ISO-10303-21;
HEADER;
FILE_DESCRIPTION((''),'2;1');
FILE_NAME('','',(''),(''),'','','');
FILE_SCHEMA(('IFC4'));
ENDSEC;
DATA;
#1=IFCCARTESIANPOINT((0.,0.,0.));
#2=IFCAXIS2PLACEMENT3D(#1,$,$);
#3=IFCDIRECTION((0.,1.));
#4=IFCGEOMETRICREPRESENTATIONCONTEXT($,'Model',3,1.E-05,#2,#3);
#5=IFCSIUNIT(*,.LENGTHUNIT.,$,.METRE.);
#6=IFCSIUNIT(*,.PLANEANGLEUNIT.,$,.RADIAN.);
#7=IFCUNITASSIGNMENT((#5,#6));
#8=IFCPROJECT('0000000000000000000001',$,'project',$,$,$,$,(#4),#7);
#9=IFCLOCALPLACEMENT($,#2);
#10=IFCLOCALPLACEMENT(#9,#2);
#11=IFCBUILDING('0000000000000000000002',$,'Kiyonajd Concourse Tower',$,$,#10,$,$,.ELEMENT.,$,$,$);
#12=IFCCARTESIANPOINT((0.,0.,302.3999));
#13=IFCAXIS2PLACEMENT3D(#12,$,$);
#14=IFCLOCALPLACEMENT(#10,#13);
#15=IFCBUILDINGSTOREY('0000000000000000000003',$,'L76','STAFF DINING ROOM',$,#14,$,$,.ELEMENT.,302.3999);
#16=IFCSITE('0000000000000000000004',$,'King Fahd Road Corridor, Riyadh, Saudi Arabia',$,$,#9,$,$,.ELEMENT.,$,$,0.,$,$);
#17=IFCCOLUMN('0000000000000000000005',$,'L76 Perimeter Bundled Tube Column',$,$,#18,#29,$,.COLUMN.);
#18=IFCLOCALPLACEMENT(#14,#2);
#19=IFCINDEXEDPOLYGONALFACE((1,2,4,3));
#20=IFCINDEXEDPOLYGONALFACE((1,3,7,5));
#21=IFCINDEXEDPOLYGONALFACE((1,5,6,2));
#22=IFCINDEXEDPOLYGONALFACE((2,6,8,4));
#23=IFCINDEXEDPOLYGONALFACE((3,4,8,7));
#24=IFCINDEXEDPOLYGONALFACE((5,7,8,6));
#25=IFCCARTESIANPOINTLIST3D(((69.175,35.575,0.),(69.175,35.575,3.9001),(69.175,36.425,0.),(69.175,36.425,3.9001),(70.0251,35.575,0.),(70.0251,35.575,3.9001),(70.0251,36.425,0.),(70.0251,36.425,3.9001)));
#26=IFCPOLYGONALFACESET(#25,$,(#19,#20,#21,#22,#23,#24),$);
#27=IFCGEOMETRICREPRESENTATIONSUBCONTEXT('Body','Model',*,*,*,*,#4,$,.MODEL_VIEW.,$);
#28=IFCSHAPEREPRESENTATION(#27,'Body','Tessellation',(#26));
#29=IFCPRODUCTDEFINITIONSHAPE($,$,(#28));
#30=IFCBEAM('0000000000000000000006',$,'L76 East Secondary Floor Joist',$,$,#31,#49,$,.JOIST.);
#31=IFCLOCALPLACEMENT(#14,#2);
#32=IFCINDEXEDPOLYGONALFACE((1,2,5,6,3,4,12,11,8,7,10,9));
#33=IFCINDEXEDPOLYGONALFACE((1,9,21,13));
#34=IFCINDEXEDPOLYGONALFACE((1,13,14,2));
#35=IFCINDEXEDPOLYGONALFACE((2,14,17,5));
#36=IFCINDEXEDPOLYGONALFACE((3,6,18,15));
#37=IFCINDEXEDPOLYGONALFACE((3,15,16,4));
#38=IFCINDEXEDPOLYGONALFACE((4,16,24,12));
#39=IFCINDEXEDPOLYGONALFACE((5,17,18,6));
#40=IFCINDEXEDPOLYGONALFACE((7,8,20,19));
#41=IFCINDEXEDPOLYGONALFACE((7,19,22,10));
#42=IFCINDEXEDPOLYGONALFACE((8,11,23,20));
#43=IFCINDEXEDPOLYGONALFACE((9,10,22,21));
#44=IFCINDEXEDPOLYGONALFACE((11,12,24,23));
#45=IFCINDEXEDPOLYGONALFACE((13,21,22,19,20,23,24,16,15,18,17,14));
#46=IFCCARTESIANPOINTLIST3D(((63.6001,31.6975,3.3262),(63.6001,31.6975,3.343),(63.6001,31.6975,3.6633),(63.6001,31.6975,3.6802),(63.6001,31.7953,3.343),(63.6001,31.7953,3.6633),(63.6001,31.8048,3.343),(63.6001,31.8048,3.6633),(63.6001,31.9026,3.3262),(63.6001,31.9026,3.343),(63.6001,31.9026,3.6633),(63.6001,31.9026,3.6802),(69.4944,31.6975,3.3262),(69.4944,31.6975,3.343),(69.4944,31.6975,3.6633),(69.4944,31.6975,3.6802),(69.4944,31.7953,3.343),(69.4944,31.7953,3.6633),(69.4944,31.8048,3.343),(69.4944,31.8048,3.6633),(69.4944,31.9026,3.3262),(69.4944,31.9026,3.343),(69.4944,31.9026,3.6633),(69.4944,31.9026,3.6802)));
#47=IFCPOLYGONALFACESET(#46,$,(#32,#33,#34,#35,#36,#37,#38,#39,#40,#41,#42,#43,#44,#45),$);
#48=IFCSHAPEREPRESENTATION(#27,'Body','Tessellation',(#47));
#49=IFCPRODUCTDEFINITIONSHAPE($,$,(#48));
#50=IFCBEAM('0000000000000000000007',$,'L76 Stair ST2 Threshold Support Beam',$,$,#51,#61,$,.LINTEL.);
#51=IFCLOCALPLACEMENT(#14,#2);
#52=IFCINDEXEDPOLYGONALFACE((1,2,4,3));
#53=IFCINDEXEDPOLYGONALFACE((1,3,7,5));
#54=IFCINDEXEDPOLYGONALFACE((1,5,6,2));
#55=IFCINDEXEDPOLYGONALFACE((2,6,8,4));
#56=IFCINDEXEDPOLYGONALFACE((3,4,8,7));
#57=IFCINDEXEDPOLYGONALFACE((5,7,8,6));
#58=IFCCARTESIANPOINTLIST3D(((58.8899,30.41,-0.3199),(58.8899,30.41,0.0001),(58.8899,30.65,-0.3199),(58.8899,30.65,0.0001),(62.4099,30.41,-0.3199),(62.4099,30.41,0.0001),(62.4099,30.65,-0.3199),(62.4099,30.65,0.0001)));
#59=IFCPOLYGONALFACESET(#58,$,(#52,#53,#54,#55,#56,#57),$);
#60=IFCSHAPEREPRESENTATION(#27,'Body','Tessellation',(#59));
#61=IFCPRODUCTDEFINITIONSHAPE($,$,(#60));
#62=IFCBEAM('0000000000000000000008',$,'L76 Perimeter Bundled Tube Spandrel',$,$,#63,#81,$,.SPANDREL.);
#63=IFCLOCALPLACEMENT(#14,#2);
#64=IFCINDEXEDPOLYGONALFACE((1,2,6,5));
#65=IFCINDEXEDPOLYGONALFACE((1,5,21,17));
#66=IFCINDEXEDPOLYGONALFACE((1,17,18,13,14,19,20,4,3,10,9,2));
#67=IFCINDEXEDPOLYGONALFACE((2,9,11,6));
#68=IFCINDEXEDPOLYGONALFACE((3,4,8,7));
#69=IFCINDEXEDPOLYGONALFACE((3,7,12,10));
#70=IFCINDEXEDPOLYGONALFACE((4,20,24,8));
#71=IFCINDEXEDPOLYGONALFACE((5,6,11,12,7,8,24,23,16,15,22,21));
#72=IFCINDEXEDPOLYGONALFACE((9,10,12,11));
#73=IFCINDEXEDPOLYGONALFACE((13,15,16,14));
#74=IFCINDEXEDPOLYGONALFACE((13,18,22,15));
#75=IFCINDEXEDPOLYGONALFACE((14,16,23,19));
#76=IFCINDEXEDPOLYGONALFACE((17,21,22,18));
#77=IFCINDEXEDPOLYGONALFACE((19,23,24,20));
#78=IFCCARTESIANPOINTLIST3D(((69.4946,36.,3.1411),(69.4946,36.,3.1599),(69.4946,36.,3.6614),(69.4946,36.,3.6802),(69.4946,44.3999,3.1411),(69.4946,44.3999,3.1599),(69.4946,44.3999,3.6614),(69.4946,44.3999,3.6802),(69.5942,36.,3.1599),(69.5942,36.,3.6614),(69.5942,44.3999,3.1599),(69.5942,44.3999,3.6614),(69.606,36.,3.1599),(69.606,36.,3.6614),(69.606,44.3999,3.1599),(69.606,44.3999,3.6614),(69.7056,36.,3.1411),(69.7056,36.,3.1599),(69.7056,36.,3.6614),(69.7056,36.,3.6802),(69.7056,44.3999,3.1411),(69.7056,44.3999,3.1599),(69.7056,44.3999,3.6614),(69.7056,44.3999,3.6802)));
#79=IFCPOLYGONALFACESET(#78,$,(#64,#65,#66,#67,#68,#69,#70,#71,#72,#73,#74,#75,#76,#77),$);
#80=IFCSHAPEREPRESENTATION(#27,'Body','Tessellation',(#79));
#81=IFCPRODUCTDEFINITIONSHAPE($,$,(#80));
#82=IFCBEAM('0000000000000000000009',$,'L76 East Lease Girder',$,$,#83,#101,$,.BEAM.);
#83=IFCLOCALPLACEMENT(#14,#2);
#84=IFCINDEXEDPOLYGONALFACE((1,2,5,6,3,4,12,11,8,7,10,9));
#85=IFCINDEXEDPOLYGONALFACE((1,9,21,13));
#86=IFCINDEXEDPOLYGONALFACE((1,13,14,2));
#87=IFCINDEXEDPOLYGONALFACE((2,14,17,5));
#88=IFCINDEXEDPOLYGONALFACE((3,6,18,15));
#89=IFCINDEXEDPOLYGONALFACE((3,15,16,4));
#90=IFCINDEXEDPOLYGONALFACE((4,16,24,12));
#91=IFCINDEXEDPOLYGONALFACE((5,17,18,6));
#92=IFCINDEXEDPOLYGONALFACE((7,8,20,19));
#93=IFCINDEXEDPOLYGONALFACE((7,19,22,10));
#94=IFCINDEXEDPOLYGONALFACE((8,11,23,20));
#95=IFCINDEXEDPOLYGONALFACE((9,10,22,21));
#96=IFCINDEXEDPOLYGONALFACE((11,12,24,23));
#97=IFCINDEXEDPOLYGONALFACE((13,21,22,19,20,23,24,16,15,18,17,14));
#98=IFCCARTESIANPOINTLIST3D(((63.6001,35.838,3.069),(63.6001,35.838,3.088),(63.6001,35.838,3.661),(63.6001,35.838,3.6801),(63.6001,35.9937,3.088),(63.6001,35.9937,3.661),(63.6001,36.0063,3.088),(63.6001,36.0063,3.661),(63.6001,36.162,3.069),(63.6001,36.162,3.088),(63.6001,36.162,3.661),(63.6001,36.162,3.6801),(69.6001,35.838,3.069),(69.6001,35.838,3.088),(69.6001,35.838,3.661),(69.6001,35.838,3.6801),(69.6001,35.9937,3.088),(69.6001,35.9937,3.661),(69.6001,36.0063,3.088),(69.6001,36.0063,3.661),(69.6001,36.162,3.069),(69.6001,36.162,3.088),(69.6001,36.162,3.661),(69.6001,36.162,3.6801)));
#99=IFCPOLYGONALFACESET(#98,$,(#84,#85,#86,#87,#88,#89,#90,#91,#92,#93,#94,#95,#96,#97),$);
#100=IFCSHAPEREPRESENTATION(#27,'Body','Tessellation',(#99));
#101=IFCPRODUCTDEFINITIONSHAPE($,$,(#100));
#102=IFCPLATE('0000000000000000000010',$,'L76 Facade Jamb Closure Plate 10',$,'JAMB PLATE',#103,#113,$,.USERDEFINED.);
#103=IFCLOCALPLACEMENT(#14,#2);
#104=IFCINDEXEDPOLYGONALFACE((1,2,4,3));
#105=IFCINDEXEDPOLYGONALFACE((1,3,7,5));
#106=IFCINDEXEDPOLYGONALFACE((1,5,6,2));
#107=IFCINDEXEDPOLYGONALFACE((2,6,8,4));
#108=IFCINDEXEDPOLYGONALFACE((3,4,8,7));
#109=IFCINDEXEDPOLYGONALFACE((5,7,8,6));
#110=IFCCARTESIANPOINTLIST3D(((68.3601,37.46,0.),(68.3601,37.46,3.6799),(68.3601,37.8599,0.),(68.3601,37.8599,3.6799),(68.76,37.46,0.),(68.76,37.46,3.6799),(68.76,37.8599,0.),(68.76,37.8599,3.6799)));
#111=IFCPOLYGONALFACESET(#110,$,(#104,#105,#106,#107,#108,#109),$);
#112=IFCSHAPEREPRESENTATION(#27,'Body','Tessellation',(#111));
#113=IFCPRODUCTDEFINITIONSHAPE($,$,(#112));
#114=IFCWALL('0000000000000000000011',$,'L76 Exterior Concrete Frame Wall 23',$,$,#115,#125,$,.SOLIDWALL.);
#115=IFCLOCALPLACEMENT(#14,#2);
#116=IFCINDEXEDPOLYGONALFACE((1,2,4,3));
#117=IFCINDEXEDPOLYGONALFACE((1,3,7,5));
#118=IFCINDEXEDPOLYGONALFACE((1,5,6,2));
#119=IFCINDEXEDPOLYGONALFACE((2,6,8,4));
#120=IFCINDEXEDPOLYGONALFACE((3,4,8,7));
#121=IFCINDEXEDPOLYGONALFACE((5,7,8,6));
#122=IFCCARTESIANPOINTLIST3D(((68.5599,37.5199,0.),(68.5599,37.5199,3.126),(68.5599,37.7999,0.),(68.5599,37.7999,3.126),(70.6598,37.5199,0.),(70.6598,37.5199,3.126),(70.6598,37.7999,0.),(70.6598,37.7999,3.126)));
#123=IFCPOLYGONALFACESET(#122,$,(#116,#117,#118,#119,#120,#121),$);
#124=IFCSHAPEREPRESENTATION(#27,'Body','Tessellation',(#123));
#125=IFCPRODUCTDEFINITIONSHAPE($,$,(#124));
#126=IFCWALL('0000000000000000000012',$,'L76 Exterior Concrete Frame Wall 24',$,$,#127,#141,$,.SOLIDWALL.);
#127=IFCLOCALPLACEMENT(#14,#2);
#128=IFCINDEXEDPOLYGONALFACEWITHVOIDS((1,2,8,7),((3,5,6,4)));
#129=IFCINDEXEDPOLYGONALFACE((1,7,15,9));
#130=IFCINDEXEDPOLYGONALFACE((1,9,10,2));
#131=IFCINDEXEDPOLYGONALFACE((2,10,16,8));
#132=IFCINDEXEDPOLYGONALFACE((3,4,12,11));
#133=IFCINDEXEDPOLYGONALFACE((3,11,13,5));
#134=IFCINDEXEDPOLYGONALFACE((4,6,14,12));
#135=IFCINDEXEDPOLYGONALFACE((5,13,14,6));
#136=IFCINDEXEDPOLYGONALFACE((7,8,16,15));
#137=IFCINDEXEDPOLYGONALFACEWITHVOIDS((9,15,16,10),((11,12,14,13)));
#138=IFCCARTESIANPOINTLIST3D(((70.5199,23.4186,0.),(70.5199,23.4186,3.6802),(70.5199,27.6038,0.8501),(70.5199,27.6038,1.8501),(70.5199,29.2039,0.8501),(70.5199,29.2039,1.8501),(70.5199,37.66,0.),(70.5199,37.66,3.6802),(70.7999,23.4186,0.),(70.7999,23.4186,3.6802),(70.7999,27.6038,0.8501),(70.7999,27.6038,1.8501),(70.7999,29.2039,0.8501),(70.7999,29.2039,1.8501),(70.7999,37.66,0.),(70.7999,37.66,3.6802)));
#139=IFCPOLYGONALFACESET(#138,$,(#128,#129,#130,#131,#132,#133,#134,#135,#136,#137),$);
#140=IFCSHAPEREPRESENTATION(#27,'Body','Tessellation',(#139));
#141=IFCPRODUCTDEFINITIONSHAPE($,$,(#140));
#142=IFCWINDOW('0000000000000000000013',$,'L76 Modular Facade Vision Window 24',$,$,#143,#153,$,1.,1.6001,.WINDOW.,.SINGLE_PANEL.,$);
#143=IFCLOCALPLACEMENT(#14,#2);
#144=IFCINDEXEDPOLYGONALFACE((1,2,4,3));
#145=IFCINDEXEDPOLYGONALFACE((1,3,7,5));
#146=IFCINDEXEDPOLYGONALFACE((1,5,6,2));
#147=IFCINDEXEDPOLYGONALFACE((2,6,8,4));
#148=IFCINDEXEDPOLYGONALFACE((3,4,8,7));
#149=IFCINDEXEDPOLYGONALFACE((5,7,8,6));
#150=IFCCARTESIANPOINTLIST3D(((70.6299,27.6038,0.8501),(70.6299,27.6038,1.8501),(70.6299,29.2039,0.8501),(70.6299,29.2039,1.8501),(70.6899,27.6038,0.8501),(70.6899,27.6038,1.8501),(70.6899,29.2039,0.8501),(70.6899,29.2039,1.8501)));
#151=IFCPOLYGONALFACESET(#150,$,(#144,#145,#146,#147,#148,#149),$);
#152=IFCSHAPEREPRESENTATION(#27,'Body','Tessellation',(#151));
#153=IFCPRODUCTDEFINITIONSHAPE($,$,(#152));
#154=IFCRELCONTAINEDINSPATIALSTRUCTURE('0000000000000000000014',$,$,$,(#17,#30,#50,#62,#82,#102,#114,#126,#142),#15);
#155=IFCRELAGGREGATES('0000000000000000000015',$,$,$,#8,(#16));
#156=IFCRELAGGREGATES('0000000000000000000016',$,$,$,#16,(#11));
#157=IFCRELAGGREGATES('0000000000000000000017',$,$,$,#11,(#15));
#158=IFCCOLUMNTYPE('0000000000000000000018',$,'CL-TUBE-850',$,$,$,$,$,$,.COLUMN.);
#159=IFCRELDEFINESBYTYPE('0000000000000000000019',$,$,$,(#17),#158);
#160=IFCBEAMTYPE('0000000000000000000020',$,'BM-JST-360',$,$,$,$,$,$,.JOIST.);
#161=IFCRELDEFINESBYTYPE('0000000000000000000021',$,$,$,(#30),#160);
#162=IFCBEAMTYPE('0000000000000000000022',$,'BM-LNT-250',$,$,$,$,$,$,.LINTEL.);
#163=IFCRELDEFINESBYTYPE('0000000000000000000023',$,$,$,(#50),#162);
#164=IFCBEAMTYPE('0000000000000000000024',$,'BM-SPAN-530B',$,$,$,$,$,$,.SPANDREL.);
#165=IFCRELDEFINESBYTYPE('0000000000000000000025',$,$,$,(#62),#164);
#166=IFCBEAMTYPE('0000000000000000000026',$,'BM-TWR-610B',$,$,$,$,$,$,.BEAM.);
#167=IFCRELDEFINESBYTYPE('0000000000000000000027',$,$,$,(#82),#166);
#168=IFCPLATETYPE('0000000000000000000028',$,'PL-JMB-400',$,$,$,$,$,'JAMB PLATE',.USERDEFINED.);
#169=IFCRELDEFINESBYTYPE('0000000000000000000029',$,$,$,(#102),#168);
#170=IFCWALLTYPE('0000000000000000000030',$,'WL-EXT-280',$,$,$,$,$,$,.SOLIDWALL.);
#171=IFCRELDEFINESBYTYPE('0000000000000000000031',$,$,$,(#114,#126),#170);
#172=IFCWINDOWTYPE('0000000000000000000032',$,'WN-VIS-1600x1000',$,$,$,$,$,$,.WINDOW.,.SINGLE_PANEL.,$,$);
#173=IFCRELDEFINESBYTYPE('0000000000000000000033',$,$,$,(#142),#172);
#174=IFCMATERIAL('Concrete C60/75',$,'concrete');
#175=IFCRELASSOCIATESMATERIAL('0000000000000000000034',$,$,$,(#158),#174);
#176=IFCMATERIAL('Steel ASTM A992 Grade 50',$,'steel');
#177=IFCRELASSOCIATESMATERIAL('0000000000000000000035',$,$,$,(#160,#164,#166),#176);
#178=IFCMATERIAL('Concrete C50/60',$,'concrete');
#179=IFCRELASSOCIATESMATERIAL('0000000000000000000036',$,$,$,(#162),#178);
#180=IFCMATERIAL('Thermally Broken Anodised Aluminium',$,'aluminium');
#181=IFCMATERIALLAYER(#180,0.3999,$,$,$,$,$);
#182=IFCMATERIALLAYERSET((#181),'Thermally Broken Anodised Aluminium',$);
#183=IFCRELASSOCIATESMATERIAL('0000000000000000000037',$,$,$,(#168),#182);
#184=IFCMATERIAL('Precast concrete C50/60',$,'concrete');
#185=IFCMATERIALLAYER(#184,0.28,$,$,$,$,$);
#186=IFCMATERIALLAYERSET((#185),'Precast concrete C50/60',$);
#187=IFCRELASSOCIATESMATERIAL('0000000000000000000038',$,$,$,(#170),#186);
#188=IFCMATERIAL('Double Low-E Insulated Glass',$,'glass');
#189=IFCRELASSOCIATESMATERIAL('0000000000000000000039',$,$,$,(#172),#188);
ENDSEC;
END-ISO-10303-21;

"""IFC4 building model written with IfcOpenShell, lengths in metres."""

from ifc_helpers import new_model, si_unit, direction, frame, frame_2d, origin, origin_2d, place, context, subcontext, project, spatial, rectangle, i_section, extrude, material, layer, layer_set, material_profile, profile_set, type_object, element, fill, save


model = new_model("IFC4")

# Units and contexts
model_context = context("Model", 3, precision=1e-05, world=origin(), true_north=direction((0.0, 1.0)))
body_context = subcontext(model_context, "Body", "Model", "MODEL_VIEW")
ifc_project = project(units=[si_unit("LENGTHUNIT", "METRE"), si_unit("PLANEANGLEUNIT", "RADIAN")], contexts=[model_context])

# Site, building, storey
site_placement = place(None, origin())
site = spatial("IfcSite", under=ifc_project, at=site_placement, Name="King Fahd Road Corridor, Riyadh, Saudi Arabia", CompositionType="ELEMENT", RefElevation=0.0)
building_placement = place(site_placement, origin())
building = spatial("IfcBuilding", under=site, at=building_placement, Name="Kiyonajd Concourse Tower", CompositionType="ELEMENT")
storey_placement = place(building_placement, frame((0.0, 0.0, 302.3999)))
storey = spatial("IfcBuildingStorey", under=building, at=storey_placement, Name="L76", Description="STAFF DINING ROOM", CompositionType="ELEMENT", Elevation=302.3999)

# Column
ifc_material_1 = material(Name="Concrete C60/75", Category="concrete")
ifc_material_profile_1 = material_profile(ifc_material_1, rectangle(XDim=0.8501, YDim=0.8501, at=origin_2d()), Name="RC-850x850")
ifc_profile_set_1 = profile_set([ifc_material_profile_1], Name="Concrete C60/75")
column_type = type_object("IfcColumnType", Name="CL-TUBE-850", PredefinedType="COLUMN", material=ifc_profile_set_1)
column_placement = place(storey_placement, frame((69.6001, 36.0, 0.0), z_axis=(0.0, 0.0, 1.0), x_axis=(1.0, 0.0, 0.0)))
element("IfcColumn", 1, at=column_placement, inside=storey, type_object=column_type, Name="L76 Perimeter Bundled Tube Column", PredefinedType="COLUMN", context=body_context, shape_type="SweptSolid", body=[
    extrude(rectangle(XDim=0.8501, YDim=0.8501, at=origin_2d()), origin(), (0.0, 0.0, 1.0), 3.9001),
])

# Beams
ifc_material_2 = material(Name="Steel ASTM A992 Grade 50", Category="steel")
ifc_material_profile_2 = material_profile(ifc_material_2, i_section(OverallWidth=0.2051, OverallDepth=0.354, WebThickness=0.0095, FlangeThickness=0.0168, at=origin_2d()), Name="W360X79")
ifc_profile_set_2 = profile_set([ifc_material_profile_2], Name="Steel ASTM A992 Grade 50")
beam_type_1 = type_object("IfcBeamType", Name="BM-JST-360", PredefinedType="JOIST", material=ifc_profile_set_2)
beam_1_placement = place(storey_placement, frame((63.6001, 31.8, 3.5032), z_axis=(1.0, 0.0, 0.0), x_axis=(0.0, 1.0, 0.0)))
element("IfcBeam", 2, at=beam_1_placement, inside=storey, type_object=beam_type_1, Name="L76 East Secondary Floor Joist", PredefinedType="JOIST", context=body_context, shape_type="SweptSolid", body=[
    extrude(i_section(OverallWidth=0.2051, OverallDepth=0.354, WebThickness=0.0095, FlangeThickness=0.0168, at=origin_2d()), origin(), (0.0, 0.0, 1.0), 5.8943),
])
ifc_material_3 = material(Name="Concrete C50/60", Category="concrete")
ifc_material_profile_3 = material_profile(ifc_material_3, rectangle(XDim=0.24, YDim=0.3201, at=origin_2d()), Name="RCBM-240x320")
ifc_profile_set_3 = profile_set([ifc_material_profile_3], Name="Concrete C50/60")
beam_type_2 = type_object("IfcBeamType", Name="BM-LNT-250", PredefinedType="LINTEL", material=ifc_profile_set_3)
beam_2_placement = place(storey_placement, frame((58.8899, 30.53, -0.1599), z_axis=(1.0, 0.0, 0.0), x_axis=(0.0, 1.0, 0.0)))
element("IfcBeam", 3, at=beam_2_placement, inside=storey, type_object=beam_type_2, Name="L76 Stair ST2 Threshold Support Beam", PredefinedType="LINTEL", context=body_context, shape_type="SweptSolid", body=[
    extrude(rectangle(XDim=0.24, YDim=0.3201, at=origin_2d()), origin(), (0.0, 0.0, 1.0), 3.52),
])
ifc_material_profile_4 = material_profile(ifc_material_2, i_section(OverallWidth=0.2109, OverallDepth=0.5391, WebThickness=0.0117, FlangeThickness=0.0188, at=origin_2d()), Name="W530X109")
ifc_profile_set_4 = profile_set([ifc_material_profile_4], Name="Steel ASTM A992 Grade 50")
beam_type_3 = type_object("IfcBeamType", Name="BM-SPAN-530B", PredefinedType="SPANDREL", material=ifc_profile_set_4)
beam_3_placement = place(storey_placement, frame((69.6001, 36.0, 3.4106), z_axis=(0.0, 1.0, 0.0), x_axis=(-1.0, 0.0, 0.0)))
element("IfcBeam", 4, at=beam_3_placement, inside=storey, type_object=beam_type_3, Name="L76 Perimeter Bundled Tube Spandrel", PredefinedType="SPANDREL", context=body_context, shape_type="SweptSolid", body=[
    extrude(i_section(OverallWidth=0.2109, OverallDepth=0.5391, WebThickness=0.0117, FlangeThickness=0.0188, at=origin_2d()), origin(), (0.0, 0.0, 1.0), 8.3999),
])
ifc_material_profile_5 = material_profile(ifc_material_2, i_section(OverallWidth=0.324, OverallDepth=0.6111, WebThickness=0.0127, FlangeThickness=0.019, at=origin_2d()), Name="W610X155")
ifc_profile_set_5 = profile_set([ifc_material_profile_5], Name="Steel ASTM A992 Grade 50")
beam_type_4 = type_object("IfcBeamType", Name="BM-TWR-610B", PredefinedType="BEAM", material=ifc_profile_set_5)
beam_4_placement = place(storey_placement, frame((63.6001, 36.0, 3.3745), z_axis=(1.0, 0.0, 0.0), x_axis=(0.0, 1.0, 0.0)))
element("IfcBeam", 5, at=beam_4_placement, inside=storey, type_object=beam_type_4, Name="L76 East Lease Girder", PredefinedType="BEAM", context=body_context, shape_type="SweptSolid", body=[
    extrude(i_section(OverallWidth=0.324, OverallDepth=0.6111, WebThickness=0.0127, FlangeThickness=0.019, at=origin_2d()), origin(), (0.0, 0.0, 1.0), 6.0),
])

# Plate
ifc_material_4 = material(Name="Thermally Broken Anodised Aluminium", Category="aluminium")
ifc_layer_1 = layer(ifc_material_4, 0.3999)
ifc_layer_set_1 = layer_set([ifc_layer_1], Name="Thermally Broken Anodised Aluminium")
plate_type = type_object("IfcPlateType", Name="PL-JMB-400", ElementType="JAMB PLATE", PredefinedType="USERDEFINED", material=ifc_layer_set_1)
plate_placement = place(storey_placement, frame((68.5601, 37.6599, 0.0), z_axis=(0.0, 0.0, 1.0), x_axis=(1.0, 0.0, 0.0)))
element("IfcPlate", 6, at=plate_placement, inside=storey, type_object=plate_type, Name="L76 Facade Jamb Closure Plate 10", ObjectType="JAMB PLATE", PredefinedType="USERDEFINED", context=body_context, shape_type="SweptSolid", body=[
    extrude(rectangle(XDim=0.3999, YDim=0.3999, at=origin_2d()), origin(), (0.0, 0.0, 1.0), 3.6799),
])

# Wall
ifc_material_5 = material(Name="Precast concrete C50/60", Category="concrete")
ifc_layer_2 = layer(ifc_material_5, 0.28)
ifc_layer_set_2 = layer_set([ifc_layer_2], Name="Precast concrete C50/60")
wall_type_1 = type_object("IfcWallType", Name="WL-EXT-280", PredefinedType="SOLIDWALL", material=ifc_layer_set_2)
wall_1_placement = place(storey_placement, frame((68.5601, 37.6599, 0.0), z_axis=(0.0, 0.0, 1.0), x_axis=(1.0, 0.0, 0.0)))
element("IfcWall", 7, at=wall_1_placement, inside=storey, type_object=wall_type_1, Name="L76 Exterior Concrete Frame Wall 23", PredefinedType="SOLIDWALL", context=body_context, shape_type="SweptSolid", body=[
    extrude(rectangle(XDim=2.0999, YDim=0.28, at=frame_2d((1.0498, 0.0))), origin(), (0.0, 0.0, 1.0), 3.126),
])

# Wall, opening, window
wall_2_placement = place(storey_placement, frame((70.6599, 37.6599, 0.0), z_axis=(0.0, 0.0, 1.0), x_axis=(0.0, -1.0, 0.0)))
wall_2 = element("IfcWall", 8, at=wall_2_placement, inside=storey, type_object=wall_type_1, Name="L76 Exterior Concrete Frame Wall 24", PredefinedType="SOLIDWALL", context=body_context, shape_type="SweptSolid", body=[
    extrude(rectangle(XDim=14.2415, YDim=0.28, at=frame_2d((7.1206, 0.0))), origin(), (0.0, 0.0, 1.0), 3.6802),
])
opening_1_placement = place(wall_2_placement, frame((8.4561, 0.0, 0.8501)))
opening_1 = element("IfcOpeningElement", 9, at=opening_1_placement, cuts=wall_2, PredefinedType="OPENING", context=body_context, shape_type="SweptSolid", body=[
    extrude(rectangle(XDim=1.6001, YDim=1.0, at=frame_2d((0.8, 0.5))), frame((0.0, 0.1499, 0.0), z_axis=(0.0, -1.0, 0.0), x_axis=(1.0, 0.0, 0.0)), (0.0, 0.0, 1.0), 0.3),
])
ifc_material_6 = material(Name="Double Low-E Insulated Glass", Category="glass")
window_type = type_object("IfcWindowType", Name="WN-VIS-1600x1000", PartitioningType="SINGLE_PANEL", PredefinedType="WINDOW", material=ifc_material_6)
window_placement = place(opening_1_placement, origin())
window = element("IfcWindow", 10, at=window_placement, inside=storey, type_object=window_type, Name="L76 Modular Facade Vision Window 24", OverallHeight=1.0, OverallWidth=1.6001, PartitioningType="SINGLE_PANEL", PredefinedType="WINDOW", context=body_context, shape_type="SweptSolid", body=[
    extrude(rectangle(XDim=1.6001, YDim=1.0, at=frame_2d((0.8, 0.5))), frame((0.0, 0.03, 0.0), z_axis=(0.0, -1.0, 0.0), x_axis=(1.0, 0.0, 0.0)), (0.0, 0.0, 1.0), 0.0601),
])
fill(opening_1, window)

save(model, "model.ifc")
